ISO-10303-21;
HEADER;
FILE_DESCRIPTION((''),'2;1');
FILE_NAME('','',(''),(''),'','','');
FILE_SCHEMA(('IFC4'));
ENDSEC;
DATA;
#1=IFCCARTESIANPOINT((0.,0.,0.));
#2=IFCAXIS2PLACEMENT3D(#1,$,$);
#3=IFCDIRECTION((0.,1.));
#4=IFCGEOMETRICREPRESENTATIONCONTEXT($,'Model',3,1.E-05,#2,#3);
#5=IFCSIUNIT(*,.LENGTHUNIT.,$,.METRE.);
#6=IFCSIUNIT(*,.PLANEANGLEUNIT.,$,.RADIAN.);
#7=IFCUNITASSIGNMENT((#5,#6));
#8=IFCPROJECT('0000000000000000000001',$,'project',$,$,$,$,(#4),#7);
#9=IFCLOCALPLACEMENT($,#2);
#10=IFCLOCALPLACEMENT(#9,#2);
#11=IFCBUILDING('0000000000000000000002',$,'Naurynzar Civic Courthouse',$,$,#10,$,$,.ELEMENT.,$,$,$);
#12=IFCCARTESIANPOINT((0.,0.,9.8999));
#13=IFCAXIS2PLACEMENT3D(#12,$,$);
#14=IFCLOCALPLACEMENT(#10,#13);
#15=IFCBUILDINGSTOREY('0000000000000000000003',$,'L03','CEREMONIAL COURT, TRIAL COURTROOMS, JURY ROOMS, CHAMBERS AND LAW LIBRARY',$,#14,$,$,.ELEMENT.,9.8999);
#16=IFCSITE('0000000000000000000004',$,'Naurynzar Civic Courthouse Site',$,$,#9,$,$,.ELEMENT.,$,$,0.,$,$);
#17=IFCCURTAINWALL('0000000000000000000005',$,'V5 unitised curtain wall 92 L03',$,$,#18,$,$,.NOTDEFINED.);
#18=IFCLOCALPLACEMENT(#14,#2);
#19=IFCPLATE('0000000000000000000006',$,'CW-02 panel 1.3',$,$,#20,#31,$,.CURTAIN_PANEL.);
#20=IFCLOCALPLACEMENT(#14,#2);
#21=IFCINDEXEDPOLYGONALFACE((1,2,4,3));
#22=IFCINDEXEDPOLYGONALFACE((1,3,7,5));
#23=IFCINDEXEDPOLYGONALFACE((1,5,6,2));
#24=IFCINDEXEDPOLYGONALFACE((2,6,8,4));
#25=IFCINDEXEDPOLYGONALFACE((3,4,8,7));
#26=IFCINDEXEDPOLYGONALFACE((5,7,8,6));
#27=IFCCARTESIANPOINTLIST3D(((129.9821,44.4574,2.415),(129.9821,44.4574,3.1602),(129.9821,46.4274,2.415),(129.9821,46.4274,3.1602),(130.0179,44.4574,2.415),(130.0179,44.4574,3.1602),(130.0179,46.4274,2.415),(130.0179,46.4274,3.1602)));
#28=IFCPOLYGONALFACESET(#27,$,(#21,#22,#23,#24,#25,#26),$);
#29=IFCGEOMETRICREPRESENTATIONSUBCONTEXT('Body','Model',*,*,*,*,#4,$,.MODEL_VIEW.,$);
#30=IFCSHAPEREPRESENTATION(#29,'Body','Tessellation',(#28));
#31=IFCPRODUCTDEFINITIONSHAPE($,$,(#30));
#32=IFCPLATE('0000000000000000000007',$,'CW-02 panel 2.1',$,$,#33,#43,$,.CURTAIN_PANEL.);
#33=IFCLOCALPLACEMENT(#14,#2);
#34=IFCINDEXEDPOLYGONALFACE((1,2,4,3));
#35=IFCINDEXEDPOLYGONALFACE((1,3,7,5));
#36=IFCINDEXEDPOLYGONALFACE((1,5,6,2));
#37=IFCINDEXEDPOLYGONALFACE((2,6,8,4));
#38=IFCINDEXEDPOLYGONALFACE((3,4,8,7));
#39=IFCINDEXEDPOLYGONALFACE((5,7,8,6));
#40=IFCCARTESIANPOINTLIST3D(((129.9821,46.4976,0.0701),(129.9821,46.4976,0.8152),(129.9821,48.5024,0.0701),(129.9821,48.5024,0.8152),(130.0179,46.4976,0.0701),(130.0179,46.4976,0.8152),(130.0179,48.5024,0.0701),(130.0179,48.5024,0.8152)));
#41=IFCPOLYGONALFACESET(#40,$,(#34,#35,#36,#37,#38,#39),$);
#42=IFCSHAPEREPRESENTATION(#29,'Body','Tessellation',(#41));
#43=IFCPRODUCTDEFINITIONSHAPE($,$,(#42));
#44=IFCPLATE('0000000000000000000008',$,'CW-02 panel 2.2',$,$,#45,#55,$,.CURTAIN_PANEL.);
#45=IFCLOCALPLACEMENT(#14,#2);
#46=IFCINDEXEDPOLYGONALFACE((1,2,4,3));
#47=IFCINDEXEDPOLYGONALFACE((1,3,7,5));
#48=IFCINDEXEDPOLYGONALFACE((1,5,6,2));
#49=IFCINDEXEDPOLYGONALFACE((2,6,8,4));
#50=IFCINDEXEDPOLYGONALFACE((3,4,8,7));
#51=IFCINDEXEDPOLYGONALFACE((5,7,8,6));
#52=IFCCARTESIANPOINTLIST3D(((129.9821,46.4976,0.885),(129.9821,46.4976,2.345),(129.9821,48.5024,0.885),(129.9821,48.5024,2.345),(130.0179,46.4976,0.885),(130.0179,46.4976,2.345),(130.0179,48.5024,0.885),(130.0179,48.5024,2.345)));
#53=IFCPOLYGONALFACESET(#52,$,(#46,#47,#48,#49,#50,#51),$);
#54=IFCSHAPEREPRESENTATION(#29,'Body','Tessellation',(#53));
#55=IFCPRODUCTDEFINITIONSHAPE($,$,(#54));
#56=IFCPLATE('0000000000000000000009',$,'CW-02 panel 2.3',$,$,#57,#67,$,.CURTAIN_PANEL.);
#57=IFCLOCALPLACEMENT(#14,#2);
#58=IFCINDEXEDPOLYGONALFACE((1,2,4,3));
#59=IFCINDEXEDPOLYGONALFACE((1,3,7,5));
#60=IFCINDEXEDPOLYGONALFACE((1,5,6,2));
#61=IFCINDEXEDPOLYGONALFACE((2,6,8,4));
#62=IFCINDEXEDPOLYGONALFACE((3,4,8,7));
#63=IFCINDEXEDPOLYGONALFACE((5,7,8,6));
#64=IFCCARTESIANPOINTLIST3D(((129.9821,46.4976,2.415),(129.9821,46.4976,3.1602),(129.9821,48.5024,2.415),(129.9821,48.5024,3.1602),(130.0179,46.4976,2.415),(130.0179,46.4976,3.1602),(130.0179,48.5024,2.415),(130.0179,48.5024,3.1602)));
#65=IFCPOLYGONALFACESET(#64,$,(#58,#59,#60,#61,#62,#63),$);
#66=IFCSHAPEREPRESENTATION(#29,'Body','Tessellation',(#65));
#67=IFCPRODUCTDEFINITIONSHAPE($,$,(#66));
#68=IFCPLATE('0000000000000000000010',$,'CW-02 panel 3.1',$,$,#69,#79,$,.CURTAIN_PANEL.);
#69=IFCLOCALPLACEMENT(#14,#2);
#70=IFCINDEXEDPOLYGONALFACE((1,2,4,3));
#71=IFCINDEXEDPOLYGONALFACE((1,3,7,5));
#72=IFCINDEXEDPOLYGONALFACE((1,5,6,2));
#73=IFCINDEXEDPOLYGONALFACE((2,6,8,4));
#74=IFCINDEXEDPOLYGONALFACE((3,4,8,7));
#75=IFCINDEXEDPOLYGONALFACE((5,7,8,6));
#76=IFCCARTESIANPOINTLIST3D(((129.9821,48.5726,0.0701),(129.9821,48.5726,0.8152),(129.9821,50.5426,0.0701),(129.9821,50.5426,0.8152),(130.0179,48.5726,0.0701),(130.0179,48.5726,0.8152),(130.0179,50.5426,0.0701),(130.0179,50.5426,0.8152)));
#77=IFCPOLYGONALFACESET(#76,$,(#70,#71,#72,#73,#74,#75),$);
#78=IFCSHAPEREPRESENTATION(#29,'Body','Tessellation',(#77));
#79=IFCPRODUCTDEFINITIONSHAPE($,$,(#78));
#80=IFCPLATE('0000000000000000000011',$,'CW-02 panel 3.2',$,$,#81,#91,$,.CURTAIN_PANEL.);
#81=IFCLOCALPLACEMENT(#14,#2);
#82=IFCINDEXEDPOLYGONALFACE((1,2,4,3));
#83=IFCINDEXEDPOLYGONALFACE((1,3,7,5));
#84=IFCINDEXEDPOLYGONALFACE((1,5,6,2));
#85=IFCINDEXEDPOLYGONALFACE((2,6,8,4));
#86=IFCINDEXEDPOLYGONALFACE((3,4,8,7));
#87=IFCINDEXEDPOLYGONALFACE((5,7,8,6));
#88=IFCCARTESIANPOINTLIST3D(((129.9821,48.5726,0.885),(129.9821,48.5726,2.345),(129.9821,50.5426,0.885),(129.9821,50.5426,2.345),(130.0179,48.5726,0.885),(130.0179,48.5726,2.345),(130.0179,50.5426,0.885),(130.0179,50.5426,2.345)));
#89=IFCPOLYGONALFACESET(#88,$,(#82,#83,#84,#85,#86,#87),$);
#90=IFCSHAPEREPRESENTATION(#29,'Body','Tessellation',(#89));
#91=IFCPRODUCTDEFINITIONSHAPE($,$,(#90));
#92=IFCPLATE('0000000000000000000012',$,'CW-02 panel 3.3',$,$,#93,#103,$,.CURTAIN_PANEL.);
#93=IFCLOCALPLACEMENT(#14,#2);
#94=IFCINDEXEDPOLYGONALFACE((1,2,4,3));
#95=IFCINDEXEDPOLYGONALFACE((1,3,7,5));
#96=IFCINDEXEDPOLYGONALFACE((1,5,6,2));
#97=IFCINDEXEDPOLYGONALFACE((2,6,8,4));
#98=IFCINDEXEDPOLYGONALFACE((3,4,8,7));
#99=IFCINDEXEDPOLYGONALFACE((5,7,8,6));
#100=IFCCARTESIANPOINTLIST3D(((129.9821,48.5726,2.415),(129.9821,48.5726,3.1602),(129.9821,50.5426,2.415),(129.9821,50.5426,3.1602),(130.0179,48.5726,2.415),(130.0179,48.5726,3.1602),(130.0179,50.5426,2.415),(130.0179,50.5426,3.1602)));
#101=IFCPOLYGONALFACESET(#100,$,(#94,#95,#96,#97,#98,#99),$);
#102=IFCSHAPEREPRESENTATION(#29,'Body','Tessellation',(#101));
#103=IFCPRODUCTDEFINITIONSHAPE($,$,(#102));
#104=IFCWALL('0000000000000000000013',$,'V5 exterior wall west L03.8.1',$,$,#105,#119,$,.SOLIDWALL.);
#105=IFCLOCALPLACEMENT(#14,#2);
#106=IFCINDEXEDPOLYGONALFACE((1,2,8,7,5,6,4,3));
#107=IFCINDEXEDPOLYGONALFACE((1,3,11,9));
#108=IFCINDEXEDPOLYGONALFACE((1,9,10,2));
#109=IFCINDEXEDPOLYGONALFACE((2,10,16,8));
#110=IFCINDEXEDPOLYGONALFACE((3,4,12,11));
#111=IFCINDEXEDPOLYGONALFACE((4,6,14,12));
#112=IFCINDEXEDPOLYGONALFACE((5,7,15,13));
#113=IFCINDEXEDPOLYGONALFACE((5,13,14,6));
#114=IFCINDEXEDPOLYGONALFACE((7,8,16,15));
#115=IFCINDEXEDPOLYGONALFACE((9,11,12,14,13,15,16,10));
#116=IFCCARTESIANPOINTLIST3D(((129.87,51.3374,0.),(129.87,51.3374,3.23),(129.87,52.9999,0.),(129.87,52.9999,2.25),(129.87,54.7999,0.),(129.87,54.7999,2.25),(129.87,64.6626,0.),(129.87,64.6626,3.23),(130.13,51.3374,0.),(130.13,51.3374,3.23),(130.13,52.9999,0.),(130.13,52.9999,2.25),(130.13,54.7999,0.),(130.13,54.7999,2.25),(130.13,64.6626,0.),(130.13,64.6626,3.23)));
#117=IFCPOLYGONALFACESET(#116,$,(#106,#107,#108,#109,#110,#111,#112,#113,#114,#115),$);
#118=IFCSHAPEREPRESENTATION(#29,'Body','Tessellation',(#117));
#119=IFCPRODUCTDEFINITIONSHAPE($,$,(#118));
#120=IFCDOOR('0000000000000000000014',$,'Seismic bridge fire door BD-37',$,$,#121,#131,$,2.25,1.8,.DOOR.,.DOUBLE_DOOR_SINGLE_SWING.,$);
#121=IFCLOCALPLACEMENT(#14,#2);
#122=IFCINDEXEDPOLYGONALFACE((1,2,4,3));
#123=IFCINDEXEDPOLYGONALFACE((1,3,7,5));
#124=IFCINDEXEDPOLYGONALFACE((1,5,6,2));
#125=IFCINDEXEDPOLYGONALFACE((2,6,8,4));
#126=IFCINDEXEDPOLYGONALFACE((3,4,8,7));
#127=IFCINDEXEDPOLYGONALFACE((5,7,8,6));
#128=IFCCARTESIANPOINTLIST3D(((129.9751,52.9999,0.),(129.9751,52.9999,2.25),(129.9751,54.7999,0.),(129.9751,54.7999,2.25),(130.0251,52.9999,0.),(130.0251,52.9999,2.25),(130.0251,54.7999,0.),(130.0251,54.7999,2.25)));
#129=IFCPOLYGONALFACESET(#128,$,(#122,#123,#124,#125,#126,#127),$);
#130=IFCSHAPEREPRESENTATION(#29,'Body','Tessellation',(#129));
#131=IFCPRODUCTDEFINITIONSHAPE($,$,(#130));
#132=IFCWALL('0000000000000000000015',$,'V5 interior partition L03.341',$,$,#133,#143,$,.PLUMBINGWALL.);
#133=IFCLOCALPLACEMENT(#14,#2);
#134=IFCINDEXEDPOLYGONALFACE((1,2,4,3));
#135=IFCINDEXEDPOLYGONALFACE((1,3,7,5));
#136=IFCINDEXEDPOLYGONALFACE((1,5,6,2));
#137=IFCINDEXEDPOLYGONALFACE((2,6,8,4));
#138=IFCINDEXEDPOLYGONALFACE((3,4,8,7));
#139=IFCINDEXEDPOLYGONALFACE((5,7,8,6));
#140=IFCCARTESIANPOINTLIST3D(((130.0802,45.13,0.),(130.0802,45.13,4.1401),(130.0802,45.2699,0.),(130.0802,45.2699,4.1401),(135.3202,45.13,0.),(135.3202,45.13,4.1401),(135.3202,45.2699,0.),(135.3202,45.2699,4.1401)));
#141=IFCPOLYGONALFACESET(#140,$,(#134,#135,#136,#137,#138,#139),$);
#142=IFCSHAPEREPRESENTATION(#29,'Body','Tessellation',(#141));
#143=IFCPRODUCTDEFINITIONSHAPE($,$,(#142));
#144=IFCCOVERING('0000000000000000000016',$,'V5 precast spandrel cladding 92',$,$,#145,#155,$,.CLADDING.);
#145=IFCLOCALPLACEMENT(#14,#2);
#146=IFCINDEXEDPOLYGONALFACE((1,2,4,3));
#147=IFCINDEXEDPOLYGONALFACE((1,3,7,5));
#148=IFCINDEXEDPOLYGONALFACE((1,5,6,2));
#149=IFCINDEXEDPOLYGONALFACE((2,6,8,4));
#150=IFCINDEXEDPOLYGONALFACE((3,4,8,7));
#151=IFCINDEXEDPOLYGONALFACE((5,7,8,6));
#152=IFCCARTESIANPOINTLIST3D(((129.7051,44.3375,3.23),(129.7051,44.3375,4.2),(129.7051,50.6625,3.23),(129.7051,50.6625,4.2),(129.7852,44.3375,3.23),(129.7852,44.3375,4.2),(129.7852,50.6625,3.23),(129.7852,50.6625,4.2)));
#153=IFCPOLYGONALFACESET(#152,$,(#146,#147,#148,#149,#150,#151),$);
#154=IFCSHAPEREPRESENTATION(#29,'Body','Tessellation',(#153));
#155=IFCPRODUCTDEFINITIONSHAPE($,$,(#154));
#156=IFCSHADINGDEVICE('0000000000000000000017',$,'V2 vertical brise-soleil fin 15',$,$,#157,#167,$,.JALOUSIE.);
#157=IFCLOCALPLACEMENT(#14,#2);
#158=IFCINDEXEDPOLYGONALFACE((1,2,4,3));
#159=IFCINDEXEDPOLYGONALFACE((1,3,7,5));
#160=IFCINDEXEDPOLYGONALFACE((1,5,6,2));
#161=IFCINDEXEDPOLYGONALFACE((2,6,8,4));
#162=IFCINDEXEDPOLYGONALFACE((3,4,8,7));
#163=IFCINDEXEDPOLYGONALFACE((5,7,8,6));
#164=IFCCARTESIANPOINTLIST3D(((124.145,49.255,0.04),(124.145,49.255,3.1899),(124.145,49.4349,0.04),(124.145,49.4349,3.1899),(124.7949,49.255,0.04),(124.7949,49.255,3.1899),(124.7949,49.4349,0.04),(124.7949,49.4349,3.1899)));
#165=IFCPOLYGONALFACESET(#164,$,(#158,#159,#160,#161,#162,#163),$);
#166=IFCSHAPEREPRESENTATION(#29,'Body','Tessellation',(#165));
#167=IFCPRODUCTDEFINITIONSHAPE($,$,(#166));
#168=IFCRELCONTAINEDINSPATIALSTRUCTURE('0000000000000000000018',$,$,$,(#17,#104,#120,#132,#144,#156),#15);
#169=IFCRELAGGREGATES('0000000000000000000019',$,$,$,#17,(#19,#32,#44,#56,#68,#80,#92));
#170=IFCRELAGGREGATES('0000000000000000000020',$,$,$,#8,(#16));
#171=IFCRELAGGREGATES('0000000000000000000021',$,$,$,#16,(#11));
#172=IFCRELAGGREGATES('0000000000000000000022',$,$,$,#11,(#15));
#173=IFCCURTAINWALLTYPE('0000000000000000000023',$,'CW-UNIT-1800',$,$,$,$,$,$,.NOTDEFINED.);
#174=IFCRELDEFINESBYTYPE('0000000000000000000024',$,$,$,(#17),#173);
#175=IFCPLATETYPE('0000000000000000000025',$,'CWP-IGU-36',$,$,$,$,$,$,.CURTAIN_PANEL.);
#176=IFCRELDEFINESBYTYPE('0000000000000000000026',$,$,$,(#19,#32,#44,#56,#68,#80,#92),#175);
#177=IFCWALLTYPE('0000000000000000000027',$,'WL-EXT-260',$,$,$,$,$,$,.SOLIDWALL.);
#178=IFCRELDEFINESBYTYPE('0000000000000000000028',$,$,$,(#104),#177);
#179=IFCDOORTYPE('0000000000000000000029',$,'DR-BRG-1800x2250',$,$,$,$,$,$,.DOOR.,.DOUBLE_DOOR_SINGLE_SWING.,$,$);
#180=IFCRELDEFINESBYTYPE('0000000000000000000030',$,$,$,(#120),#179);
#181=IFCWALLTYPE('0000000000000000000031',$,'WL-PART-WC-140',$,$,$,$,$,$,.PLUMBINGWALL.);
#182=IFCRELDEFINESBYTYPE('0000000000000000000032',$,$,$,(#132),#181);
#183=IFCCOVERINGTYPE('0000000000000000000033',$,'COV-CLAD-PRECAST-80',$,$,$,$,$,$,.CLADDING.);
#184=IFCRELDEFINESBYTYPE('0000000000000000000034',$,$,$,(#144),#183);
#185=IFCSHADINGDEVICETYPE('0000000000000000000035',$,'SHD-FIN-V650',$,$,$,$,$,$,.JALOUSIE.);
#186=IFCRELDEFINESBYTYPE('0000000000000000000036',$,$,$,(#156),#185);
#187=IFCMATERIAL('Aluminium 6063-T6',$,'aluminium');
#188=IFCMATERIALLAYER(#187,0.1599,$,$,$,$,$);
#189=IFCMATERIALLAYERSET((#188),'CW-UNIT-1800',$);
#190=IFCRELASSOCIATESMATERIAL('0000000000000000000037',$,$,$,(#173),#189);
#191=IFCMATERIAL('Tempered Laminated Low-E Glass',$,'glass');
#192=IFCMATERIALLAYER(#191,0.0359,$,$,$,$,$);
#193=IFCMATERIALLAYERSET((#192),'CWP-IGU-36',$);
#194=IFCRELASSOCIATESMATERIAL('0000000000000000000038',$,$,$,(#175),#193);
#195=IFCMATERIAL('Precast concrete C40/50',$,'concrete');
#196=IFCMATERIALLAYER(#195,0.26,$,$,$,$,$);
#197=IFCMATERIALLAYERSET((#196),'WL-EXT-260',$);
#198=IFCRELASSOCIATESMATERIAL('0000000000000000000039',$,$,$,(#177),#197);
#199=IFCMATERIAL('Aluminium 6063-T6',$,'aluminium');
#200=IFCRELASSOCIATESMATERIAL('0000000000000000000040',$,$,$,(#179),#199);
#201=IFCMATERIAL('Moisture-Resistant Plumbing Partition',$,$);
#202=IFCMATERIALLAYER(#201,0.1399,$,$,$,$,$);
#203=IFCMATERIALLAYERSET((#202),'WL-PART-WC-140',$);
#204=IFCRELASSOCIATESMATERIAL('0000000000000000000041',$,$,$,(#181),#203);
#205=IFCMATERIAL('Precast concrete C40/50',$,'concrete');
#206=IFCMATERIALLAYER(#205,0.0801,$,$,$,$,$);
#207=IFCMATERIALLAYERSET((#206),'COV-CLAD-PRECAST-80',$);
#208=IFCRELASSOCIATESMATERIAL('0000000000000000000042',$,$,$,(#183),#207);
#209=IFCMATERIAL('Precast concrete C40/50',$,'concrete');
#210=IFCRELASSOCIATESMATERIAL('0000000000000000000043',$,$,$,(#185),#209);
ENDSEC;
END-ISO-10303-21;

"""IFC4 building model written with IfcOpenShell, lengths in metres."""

from ifc_helpers import new_model, si_unit, direction, frame, frame_2d, origin, origin_2d, place, context, subcontext, project, spatial, rectangle, extrude, material, layer, layer_set, type_object, element, fill, aggregate, save


model = new_model("IFC4")

# Units and contexts
model_context = context("Model", 3, precision=1e-05, world=origin(), true_north=direction((0.0, 1.0)))
body_context = subcontext(model_context, "Body", "Model", "MODEL_VIEW")
ifc_project = project(units=[si_unit("LENGTHUNIT", "METRE"), si_unit("PLANEANGLEUNIT", "RADIAN")], contexts=[model_context])

# Site, building, storey
site_placement = place(None, origin())
site = spatial("IfcSite", under=ifc_project, at=site_placement, Name="Naurynzar Civic Courthouse Site", CompositionType="ELEMENT", RefElevation=0.0)
building_placement = place(site_placement, origin())
building = spatial("IfcBuilding", under=site, at=building_placement, Name="Naurynzar Civic Courthouse", CompositionType="ELEMENT")
storey_placement = place(building_placement, frame((0.0, 0.0, 9.8999)))
storey = spatial("IfcBuildingStorey", under=building, at=storey_placement, Name="L03", Description="CEREMONIAL COURT, TRIAL COURTROOMS, JURY ROOMS, CHAMBERS AND LAW LIBRARY", CompositionType="ELEMENT", Elevation=9.8999)

# Curtain wall
ifc_material_1 = material(Name="Aluminium 6063-T6", Category="aluminium")
ifc_layer_1 = layer(ifc_material_1, 0.1599)
ifc_layer_set_1 = layer_set([ifc_layer_1], Name="CW-UNIT-1800")
curtain_wall_type_1 = type_object("IfcCurtainWallType", Name="CW-UNIT-1800", PredefinedType="NOTDEFINED", material=ifc_layer_set_1)
curtain_wall_1_placement = place(storey_placement, origin())
curtain_wall_1 = element("IfcCurtainWall", 1, at=curtain_wall_1_placement, inside=storey, type_object=curtain_wall_type_1, Name="V5 unitised curtain wall 92 L03", PredefinedType="NOTDEFINED")

# Plates
ifc_material_2 = material(Name="Tempered Laminated Low-E Glass", Category="glass")
ifc_layer_2 = layer(ifc_material_2, 0.0359)
ifc_layer_set_2 = layer_set([ifc_layer_2], Name="CWP-IGU-36")
plate_type_1 = type_object("IfcPlateType", Name="CWP-IGU-36", PredefinedType="CURTAIN_PANEL", material=ifc_layer_set_2)
plate_1_placement = place(storey_placement, frame((130.0, 45.4424, 2.415), z_axis=(0.0, 0.0, 1.0), x_axis=(0.0, 1.0, 0.0)))
plate_1 = element("IfcPlate", 2, at=plate_1_placement, type_object=plate_type_1, Name="CW-02 panel 1.3", PredefinedType="CURTAIN_PANEL", context=body_context, shape_type="SweptSolid", body=[
    extrude(rectangle(XDim=1.97, YDim=0.0359, at=origin_2d()), origin(), (0.0, 0.0, 1.0), 0.7451),
])
plate_2_placement = place(storey_placement, frame((130.0, 47.5, 0.0701), z_axis=(0.0, 0.0, 1.0), x_axis=(0.0, 1.0, 0.0)))
plate_2 = element("IfcPlate", 3, at=plate_2_placement, type_object=plate_type_1, Name="CW-02 panel 2.1", PredefinedType="CURTAIN_PANEL", context=body_context, shape_type="SweptSolid", body=[
    extrude(rectangle(XDim=2.0049, YDim=0.0359, at=origin_2d()), origin(), (0.0, 0.0, 1.0), 0.7451),
])
plate_3_placement = place(storey_placement, frame((130.0, 47.5, 0.885), z_axis=(0.0, 0.0, 1.0), x_axis=(0.0, 1.0, 0.0)))
plate_3 = element("IfcPlate", 4, at=plate_3_placement, type_object=plate_type_1, Name="CW-02 panel 2.2", PredefinedType="CURTAIN_PANEL", context=body_context, shape_type="SweptSolid", body=[
    extrude(rectangle(XDim=2.0049, YDim=0.0359, at=origin_2d()), origin(), (0.0, 0.0, 1.0), 1.46),
])
plate_4_placement = place(storey_placement, frame((130.0, 47.5, 2.415), z_axis=(0.0, 0.0, 1.0), x_axis=(0.0, 1.0, 0.0)))
plate_4 = element("IfcPlate", 5, at=plate_4_placement, type_object=plate_type_1, Name="CW-02 panel 2.3", PredefinedType="CURTAIN_PANEL", context=body_context, shape_type="SweptSolid", body=[
    extrude(rectangle(XDim=2.0049, YDim=0.0359, at=origin_2d()), origin(), (0.0, 0.0, 1.0), 0.7451),
])
plate_5_placement = place(storey_placement, frame((130.0, 49.5576, 0.0701), z_axis=(0.0, 0.0, 1.0), x_axis=(0.0, 1.0, 0.0)))
plate_5 = element("IfcPlate", 6, at=plate_5_placement, type_object=plate_type_1, Name="CW-02 panel 3.1", PredefinedType="CURTAIN_PANEL", context=body_context, shape_type="SweptSolid", body=[
    extrude(rectangle(XDim=1.97, YDim=0.0359, at=origin_2d()), origin(), (0.0, 0.0, 1.0), 0.7451),
])
plate_6_placement = place(storey_placement, frame((130.0, 49.5576, 0.885), z_axis=(0.0, 0.0, 1.0), x_axis=(0.0, 1.0, 0.0)))
plate_6 = element("IfcPlate", 7, at=plate_6_placement, type_object=plate_type_1, Name="CW-02 panel 3.2", PredefinedType="CURTAIN_PANEL", context=body_context, shape_type="SweptSolid", body=[
    extrude(rectangle(XDim=1.97, YDim=0.0359, at=origin_2d()), origin(), (0.0, 0.0, 1.0), 1.46),
])
plate_7_placement = place(storey_placement, frame((130.0, 49.5576, 2.415), z_axis=(0.0, 0.0, 1.0), x_axis=(0.0, 1.0, 0.0)))
plate_7 = element("IfcPlate", 8, at=plate_7_placement, type_object=plate_type_1, Name="CW-02 panel 3.3", PredefinedType="CURTAIN_PANEL", context=body_context, shape_type="SweptSolid", body=[
    extrude(rectangle(XDim=1.97, YDim=0.0359, at=origin_2d()), origin(), (0.0, 0.0, 1.0), 0.7451),
])
aggregate(curtain_wall_1, [plate_1, plate_2, plate_3, plate_4, plate_5, plate_6, plate_7])

# Wall, opening, door
ifc_material_3 = material(Name="Precast concrete C40/50", Category="concrete")
ifc_layer_3 = layer(ifc_material_3, 0.26)
ifc_layer_set_3 = layer_set([ifc_layer_3], Name="WL-EXT-260")
wall_type_1 = type_object("IfcWallType", Name="WL-EXT-260", PredefinedType="SOLIDWALL", material=ifc_layer_set_3)
wall_1_placement = place(storey_placement, frame((130.0, 51.3374, 0.0), z_axis=(0.0, 0.0, 1.0), x_axis=(0.0, 1.0, 0.0)))
wall_1 = element("IfcWall", 9, at=wall_1_placement, inside=storey, type_object=wall_type_1, Name="V5 exterior wall west L03.8.1", PredefinedType="SOLIDWALL", context=body_context, shape_type="SweptSolid", body=[
    extrude(rectangle(XDim=13.3252, YDim=0.26, at=frame_2d((6.6626, 0.0))), origin(), (0.0, 0.0, 1.0), 3.23),
])
opening_placement = place(wall_1_placement, frame((1.6626, 0.0, 0.0)))
opening = element("IfcOpeningElement", 10, at=opening_placement, cuts=wall_1, PredefinedType="OPENING", context=body_context, shape_type="SweptSolid", body=[
    extrude(rectangle(XDim=1.8, YDim=2.25, at=frame_2d((0.8999, 1.125))), frame((0.0, 0.1399, 0.0), z_axis=(0.0, -1.0, 0.0), x_axis=(1.0, 0.0, 0.0)), (0.0, 0.0, 1.0), 0.28),
])
ifc_material_4 = material(Name="Aluminium 6063-T6", Category="aluminium")
door_type = type_object("IfcDoorType", Name="DR-BRG-1800x2250", OperationType="DOUBLE_DOOR_SINGLE_SWING", PredefinedType="DOOR", material=ifc_material_4)
door_placement = place(opening_placement, origin())
door = element("IfcDoor", 11, at=door_placement, inside=storey, type_object=door_type, Name="Seismic bridge fire door BD-37", OperationType="DOUBLE_DOOR_SINGLE_SWING", OverallHeight=2.25, OverallWidth=1.8, PredefinedType="DOOR", context=body_context, shape_type="SweptSolid", body=[
    extrude(rectangle(XDim=1.8, YDim=2.25, at=frame_2d((0.8999, 1.125))), frame((0.0, 0.0249, 0.0), z_axis=(0.0, -1.0, 0.0), x_axis=(1.0, 0.0, 0.0)), (0.0, 0.0, 1.0), 0.05),
])
fill(opening, door)

# Wall
ifc_material_5 = material(Name="Moisture-Resistant Plumbing Partition")
ifc_layer_4 = layer(ifc_material_5, 0.1399)
ifc_layer_set_4 = layer_set([ifc_layer_4], Name="WL-PART-WC-140")
wall_type_2 = type_object("IfcWallType", Name="WL-PART-WC-140", PredefinedType="PLUMBINGWALL", material=ifc_layer_set_4)
wall_2_placement = place(storey_placement, frame((130.0801, 45.2, 0.0), z_axis=(0.0, 0.0, 1.0), x_axis=(1.0, 0.0, 0.0)))
element("IfcWall", 12, at=wall_2_placement, inside=storey, type_object=wall_type_2, Name="V5 interior partition L03.341", PredefinedType="PLUMBINGWALL", context=body_context, shape_type="SweptSolid", body=[
    extrude(rectangle(XDim=5.24, YDim=0.1399, at=frame_2d((2.6201, 0.0))), origin(), (0.0, 0.0, 1.0), 4.1401),
])

# Covering
ifc_material_6 = material(Name="Precast concrete C40/50", Category="concrete")
ifc_layer_5 = layer(ifc_material_6, 0.0801)
ifc_layer_set_5 = layer_set([ifc_layer_5], Name="COV-CLAD-PRECAST-80")
covering_type = type_object("IfcCoveringType", Name="COV-CLAD-PRECAST-80", PredefinedType="CLADDING", material=ifc_layer_set_5)
covering_placement = place(storey_placement, frame((129.7451, 47.5, 3.23), z_axis=(0.0, 0.0, 1.0), x_axis=(0.0, 1.0, 0.0)))
element("IfcCovering", 13, at=covering_placement, inside=storey, type_object=covering_type, Name="V5 precast spandrel cladding 92", PredefinedType="CLADDING", context=body_context, shape_type="SweptSolid", body=[
    extrude(rectangle(XDim=6.325, YDim=0.0801, at=origin_2d()), origin(), (0.0, 0.0, 1.0), 0.97),
])

# Shading device
ifc_material_7 = material(Name="Precast concrete C40/50", Category="concrete")
shading_device_type = type_object("IfcShadingDeviceType", Name="SHD-FIN-V650", PredefinedType="JALOUSIE", material=ifc_material_7)
shading_device_placement = place(storey_placement, frame((124.47, 49.345, 0.04), z_axis=(0.0, 0.0, 1.0), x_axis=(0.0, -1.0, 0.0)))
element("IfcShadingDevice", 14, at=shading_device_placement, inside=storey, type_object=shading_device_type, Name="V2 vertical brise-soleil fin 15", PredefinedType="JALOUSIE", context=body_context, shape_type="SweptSolid", body=[
    extrude(rectangle(XDim=0.1799, YDim=0.6499, at=origin_2d()), origin(), (0.0, 0.0, 1.0), 3.1499),
])

save(model, "model.ifc")
